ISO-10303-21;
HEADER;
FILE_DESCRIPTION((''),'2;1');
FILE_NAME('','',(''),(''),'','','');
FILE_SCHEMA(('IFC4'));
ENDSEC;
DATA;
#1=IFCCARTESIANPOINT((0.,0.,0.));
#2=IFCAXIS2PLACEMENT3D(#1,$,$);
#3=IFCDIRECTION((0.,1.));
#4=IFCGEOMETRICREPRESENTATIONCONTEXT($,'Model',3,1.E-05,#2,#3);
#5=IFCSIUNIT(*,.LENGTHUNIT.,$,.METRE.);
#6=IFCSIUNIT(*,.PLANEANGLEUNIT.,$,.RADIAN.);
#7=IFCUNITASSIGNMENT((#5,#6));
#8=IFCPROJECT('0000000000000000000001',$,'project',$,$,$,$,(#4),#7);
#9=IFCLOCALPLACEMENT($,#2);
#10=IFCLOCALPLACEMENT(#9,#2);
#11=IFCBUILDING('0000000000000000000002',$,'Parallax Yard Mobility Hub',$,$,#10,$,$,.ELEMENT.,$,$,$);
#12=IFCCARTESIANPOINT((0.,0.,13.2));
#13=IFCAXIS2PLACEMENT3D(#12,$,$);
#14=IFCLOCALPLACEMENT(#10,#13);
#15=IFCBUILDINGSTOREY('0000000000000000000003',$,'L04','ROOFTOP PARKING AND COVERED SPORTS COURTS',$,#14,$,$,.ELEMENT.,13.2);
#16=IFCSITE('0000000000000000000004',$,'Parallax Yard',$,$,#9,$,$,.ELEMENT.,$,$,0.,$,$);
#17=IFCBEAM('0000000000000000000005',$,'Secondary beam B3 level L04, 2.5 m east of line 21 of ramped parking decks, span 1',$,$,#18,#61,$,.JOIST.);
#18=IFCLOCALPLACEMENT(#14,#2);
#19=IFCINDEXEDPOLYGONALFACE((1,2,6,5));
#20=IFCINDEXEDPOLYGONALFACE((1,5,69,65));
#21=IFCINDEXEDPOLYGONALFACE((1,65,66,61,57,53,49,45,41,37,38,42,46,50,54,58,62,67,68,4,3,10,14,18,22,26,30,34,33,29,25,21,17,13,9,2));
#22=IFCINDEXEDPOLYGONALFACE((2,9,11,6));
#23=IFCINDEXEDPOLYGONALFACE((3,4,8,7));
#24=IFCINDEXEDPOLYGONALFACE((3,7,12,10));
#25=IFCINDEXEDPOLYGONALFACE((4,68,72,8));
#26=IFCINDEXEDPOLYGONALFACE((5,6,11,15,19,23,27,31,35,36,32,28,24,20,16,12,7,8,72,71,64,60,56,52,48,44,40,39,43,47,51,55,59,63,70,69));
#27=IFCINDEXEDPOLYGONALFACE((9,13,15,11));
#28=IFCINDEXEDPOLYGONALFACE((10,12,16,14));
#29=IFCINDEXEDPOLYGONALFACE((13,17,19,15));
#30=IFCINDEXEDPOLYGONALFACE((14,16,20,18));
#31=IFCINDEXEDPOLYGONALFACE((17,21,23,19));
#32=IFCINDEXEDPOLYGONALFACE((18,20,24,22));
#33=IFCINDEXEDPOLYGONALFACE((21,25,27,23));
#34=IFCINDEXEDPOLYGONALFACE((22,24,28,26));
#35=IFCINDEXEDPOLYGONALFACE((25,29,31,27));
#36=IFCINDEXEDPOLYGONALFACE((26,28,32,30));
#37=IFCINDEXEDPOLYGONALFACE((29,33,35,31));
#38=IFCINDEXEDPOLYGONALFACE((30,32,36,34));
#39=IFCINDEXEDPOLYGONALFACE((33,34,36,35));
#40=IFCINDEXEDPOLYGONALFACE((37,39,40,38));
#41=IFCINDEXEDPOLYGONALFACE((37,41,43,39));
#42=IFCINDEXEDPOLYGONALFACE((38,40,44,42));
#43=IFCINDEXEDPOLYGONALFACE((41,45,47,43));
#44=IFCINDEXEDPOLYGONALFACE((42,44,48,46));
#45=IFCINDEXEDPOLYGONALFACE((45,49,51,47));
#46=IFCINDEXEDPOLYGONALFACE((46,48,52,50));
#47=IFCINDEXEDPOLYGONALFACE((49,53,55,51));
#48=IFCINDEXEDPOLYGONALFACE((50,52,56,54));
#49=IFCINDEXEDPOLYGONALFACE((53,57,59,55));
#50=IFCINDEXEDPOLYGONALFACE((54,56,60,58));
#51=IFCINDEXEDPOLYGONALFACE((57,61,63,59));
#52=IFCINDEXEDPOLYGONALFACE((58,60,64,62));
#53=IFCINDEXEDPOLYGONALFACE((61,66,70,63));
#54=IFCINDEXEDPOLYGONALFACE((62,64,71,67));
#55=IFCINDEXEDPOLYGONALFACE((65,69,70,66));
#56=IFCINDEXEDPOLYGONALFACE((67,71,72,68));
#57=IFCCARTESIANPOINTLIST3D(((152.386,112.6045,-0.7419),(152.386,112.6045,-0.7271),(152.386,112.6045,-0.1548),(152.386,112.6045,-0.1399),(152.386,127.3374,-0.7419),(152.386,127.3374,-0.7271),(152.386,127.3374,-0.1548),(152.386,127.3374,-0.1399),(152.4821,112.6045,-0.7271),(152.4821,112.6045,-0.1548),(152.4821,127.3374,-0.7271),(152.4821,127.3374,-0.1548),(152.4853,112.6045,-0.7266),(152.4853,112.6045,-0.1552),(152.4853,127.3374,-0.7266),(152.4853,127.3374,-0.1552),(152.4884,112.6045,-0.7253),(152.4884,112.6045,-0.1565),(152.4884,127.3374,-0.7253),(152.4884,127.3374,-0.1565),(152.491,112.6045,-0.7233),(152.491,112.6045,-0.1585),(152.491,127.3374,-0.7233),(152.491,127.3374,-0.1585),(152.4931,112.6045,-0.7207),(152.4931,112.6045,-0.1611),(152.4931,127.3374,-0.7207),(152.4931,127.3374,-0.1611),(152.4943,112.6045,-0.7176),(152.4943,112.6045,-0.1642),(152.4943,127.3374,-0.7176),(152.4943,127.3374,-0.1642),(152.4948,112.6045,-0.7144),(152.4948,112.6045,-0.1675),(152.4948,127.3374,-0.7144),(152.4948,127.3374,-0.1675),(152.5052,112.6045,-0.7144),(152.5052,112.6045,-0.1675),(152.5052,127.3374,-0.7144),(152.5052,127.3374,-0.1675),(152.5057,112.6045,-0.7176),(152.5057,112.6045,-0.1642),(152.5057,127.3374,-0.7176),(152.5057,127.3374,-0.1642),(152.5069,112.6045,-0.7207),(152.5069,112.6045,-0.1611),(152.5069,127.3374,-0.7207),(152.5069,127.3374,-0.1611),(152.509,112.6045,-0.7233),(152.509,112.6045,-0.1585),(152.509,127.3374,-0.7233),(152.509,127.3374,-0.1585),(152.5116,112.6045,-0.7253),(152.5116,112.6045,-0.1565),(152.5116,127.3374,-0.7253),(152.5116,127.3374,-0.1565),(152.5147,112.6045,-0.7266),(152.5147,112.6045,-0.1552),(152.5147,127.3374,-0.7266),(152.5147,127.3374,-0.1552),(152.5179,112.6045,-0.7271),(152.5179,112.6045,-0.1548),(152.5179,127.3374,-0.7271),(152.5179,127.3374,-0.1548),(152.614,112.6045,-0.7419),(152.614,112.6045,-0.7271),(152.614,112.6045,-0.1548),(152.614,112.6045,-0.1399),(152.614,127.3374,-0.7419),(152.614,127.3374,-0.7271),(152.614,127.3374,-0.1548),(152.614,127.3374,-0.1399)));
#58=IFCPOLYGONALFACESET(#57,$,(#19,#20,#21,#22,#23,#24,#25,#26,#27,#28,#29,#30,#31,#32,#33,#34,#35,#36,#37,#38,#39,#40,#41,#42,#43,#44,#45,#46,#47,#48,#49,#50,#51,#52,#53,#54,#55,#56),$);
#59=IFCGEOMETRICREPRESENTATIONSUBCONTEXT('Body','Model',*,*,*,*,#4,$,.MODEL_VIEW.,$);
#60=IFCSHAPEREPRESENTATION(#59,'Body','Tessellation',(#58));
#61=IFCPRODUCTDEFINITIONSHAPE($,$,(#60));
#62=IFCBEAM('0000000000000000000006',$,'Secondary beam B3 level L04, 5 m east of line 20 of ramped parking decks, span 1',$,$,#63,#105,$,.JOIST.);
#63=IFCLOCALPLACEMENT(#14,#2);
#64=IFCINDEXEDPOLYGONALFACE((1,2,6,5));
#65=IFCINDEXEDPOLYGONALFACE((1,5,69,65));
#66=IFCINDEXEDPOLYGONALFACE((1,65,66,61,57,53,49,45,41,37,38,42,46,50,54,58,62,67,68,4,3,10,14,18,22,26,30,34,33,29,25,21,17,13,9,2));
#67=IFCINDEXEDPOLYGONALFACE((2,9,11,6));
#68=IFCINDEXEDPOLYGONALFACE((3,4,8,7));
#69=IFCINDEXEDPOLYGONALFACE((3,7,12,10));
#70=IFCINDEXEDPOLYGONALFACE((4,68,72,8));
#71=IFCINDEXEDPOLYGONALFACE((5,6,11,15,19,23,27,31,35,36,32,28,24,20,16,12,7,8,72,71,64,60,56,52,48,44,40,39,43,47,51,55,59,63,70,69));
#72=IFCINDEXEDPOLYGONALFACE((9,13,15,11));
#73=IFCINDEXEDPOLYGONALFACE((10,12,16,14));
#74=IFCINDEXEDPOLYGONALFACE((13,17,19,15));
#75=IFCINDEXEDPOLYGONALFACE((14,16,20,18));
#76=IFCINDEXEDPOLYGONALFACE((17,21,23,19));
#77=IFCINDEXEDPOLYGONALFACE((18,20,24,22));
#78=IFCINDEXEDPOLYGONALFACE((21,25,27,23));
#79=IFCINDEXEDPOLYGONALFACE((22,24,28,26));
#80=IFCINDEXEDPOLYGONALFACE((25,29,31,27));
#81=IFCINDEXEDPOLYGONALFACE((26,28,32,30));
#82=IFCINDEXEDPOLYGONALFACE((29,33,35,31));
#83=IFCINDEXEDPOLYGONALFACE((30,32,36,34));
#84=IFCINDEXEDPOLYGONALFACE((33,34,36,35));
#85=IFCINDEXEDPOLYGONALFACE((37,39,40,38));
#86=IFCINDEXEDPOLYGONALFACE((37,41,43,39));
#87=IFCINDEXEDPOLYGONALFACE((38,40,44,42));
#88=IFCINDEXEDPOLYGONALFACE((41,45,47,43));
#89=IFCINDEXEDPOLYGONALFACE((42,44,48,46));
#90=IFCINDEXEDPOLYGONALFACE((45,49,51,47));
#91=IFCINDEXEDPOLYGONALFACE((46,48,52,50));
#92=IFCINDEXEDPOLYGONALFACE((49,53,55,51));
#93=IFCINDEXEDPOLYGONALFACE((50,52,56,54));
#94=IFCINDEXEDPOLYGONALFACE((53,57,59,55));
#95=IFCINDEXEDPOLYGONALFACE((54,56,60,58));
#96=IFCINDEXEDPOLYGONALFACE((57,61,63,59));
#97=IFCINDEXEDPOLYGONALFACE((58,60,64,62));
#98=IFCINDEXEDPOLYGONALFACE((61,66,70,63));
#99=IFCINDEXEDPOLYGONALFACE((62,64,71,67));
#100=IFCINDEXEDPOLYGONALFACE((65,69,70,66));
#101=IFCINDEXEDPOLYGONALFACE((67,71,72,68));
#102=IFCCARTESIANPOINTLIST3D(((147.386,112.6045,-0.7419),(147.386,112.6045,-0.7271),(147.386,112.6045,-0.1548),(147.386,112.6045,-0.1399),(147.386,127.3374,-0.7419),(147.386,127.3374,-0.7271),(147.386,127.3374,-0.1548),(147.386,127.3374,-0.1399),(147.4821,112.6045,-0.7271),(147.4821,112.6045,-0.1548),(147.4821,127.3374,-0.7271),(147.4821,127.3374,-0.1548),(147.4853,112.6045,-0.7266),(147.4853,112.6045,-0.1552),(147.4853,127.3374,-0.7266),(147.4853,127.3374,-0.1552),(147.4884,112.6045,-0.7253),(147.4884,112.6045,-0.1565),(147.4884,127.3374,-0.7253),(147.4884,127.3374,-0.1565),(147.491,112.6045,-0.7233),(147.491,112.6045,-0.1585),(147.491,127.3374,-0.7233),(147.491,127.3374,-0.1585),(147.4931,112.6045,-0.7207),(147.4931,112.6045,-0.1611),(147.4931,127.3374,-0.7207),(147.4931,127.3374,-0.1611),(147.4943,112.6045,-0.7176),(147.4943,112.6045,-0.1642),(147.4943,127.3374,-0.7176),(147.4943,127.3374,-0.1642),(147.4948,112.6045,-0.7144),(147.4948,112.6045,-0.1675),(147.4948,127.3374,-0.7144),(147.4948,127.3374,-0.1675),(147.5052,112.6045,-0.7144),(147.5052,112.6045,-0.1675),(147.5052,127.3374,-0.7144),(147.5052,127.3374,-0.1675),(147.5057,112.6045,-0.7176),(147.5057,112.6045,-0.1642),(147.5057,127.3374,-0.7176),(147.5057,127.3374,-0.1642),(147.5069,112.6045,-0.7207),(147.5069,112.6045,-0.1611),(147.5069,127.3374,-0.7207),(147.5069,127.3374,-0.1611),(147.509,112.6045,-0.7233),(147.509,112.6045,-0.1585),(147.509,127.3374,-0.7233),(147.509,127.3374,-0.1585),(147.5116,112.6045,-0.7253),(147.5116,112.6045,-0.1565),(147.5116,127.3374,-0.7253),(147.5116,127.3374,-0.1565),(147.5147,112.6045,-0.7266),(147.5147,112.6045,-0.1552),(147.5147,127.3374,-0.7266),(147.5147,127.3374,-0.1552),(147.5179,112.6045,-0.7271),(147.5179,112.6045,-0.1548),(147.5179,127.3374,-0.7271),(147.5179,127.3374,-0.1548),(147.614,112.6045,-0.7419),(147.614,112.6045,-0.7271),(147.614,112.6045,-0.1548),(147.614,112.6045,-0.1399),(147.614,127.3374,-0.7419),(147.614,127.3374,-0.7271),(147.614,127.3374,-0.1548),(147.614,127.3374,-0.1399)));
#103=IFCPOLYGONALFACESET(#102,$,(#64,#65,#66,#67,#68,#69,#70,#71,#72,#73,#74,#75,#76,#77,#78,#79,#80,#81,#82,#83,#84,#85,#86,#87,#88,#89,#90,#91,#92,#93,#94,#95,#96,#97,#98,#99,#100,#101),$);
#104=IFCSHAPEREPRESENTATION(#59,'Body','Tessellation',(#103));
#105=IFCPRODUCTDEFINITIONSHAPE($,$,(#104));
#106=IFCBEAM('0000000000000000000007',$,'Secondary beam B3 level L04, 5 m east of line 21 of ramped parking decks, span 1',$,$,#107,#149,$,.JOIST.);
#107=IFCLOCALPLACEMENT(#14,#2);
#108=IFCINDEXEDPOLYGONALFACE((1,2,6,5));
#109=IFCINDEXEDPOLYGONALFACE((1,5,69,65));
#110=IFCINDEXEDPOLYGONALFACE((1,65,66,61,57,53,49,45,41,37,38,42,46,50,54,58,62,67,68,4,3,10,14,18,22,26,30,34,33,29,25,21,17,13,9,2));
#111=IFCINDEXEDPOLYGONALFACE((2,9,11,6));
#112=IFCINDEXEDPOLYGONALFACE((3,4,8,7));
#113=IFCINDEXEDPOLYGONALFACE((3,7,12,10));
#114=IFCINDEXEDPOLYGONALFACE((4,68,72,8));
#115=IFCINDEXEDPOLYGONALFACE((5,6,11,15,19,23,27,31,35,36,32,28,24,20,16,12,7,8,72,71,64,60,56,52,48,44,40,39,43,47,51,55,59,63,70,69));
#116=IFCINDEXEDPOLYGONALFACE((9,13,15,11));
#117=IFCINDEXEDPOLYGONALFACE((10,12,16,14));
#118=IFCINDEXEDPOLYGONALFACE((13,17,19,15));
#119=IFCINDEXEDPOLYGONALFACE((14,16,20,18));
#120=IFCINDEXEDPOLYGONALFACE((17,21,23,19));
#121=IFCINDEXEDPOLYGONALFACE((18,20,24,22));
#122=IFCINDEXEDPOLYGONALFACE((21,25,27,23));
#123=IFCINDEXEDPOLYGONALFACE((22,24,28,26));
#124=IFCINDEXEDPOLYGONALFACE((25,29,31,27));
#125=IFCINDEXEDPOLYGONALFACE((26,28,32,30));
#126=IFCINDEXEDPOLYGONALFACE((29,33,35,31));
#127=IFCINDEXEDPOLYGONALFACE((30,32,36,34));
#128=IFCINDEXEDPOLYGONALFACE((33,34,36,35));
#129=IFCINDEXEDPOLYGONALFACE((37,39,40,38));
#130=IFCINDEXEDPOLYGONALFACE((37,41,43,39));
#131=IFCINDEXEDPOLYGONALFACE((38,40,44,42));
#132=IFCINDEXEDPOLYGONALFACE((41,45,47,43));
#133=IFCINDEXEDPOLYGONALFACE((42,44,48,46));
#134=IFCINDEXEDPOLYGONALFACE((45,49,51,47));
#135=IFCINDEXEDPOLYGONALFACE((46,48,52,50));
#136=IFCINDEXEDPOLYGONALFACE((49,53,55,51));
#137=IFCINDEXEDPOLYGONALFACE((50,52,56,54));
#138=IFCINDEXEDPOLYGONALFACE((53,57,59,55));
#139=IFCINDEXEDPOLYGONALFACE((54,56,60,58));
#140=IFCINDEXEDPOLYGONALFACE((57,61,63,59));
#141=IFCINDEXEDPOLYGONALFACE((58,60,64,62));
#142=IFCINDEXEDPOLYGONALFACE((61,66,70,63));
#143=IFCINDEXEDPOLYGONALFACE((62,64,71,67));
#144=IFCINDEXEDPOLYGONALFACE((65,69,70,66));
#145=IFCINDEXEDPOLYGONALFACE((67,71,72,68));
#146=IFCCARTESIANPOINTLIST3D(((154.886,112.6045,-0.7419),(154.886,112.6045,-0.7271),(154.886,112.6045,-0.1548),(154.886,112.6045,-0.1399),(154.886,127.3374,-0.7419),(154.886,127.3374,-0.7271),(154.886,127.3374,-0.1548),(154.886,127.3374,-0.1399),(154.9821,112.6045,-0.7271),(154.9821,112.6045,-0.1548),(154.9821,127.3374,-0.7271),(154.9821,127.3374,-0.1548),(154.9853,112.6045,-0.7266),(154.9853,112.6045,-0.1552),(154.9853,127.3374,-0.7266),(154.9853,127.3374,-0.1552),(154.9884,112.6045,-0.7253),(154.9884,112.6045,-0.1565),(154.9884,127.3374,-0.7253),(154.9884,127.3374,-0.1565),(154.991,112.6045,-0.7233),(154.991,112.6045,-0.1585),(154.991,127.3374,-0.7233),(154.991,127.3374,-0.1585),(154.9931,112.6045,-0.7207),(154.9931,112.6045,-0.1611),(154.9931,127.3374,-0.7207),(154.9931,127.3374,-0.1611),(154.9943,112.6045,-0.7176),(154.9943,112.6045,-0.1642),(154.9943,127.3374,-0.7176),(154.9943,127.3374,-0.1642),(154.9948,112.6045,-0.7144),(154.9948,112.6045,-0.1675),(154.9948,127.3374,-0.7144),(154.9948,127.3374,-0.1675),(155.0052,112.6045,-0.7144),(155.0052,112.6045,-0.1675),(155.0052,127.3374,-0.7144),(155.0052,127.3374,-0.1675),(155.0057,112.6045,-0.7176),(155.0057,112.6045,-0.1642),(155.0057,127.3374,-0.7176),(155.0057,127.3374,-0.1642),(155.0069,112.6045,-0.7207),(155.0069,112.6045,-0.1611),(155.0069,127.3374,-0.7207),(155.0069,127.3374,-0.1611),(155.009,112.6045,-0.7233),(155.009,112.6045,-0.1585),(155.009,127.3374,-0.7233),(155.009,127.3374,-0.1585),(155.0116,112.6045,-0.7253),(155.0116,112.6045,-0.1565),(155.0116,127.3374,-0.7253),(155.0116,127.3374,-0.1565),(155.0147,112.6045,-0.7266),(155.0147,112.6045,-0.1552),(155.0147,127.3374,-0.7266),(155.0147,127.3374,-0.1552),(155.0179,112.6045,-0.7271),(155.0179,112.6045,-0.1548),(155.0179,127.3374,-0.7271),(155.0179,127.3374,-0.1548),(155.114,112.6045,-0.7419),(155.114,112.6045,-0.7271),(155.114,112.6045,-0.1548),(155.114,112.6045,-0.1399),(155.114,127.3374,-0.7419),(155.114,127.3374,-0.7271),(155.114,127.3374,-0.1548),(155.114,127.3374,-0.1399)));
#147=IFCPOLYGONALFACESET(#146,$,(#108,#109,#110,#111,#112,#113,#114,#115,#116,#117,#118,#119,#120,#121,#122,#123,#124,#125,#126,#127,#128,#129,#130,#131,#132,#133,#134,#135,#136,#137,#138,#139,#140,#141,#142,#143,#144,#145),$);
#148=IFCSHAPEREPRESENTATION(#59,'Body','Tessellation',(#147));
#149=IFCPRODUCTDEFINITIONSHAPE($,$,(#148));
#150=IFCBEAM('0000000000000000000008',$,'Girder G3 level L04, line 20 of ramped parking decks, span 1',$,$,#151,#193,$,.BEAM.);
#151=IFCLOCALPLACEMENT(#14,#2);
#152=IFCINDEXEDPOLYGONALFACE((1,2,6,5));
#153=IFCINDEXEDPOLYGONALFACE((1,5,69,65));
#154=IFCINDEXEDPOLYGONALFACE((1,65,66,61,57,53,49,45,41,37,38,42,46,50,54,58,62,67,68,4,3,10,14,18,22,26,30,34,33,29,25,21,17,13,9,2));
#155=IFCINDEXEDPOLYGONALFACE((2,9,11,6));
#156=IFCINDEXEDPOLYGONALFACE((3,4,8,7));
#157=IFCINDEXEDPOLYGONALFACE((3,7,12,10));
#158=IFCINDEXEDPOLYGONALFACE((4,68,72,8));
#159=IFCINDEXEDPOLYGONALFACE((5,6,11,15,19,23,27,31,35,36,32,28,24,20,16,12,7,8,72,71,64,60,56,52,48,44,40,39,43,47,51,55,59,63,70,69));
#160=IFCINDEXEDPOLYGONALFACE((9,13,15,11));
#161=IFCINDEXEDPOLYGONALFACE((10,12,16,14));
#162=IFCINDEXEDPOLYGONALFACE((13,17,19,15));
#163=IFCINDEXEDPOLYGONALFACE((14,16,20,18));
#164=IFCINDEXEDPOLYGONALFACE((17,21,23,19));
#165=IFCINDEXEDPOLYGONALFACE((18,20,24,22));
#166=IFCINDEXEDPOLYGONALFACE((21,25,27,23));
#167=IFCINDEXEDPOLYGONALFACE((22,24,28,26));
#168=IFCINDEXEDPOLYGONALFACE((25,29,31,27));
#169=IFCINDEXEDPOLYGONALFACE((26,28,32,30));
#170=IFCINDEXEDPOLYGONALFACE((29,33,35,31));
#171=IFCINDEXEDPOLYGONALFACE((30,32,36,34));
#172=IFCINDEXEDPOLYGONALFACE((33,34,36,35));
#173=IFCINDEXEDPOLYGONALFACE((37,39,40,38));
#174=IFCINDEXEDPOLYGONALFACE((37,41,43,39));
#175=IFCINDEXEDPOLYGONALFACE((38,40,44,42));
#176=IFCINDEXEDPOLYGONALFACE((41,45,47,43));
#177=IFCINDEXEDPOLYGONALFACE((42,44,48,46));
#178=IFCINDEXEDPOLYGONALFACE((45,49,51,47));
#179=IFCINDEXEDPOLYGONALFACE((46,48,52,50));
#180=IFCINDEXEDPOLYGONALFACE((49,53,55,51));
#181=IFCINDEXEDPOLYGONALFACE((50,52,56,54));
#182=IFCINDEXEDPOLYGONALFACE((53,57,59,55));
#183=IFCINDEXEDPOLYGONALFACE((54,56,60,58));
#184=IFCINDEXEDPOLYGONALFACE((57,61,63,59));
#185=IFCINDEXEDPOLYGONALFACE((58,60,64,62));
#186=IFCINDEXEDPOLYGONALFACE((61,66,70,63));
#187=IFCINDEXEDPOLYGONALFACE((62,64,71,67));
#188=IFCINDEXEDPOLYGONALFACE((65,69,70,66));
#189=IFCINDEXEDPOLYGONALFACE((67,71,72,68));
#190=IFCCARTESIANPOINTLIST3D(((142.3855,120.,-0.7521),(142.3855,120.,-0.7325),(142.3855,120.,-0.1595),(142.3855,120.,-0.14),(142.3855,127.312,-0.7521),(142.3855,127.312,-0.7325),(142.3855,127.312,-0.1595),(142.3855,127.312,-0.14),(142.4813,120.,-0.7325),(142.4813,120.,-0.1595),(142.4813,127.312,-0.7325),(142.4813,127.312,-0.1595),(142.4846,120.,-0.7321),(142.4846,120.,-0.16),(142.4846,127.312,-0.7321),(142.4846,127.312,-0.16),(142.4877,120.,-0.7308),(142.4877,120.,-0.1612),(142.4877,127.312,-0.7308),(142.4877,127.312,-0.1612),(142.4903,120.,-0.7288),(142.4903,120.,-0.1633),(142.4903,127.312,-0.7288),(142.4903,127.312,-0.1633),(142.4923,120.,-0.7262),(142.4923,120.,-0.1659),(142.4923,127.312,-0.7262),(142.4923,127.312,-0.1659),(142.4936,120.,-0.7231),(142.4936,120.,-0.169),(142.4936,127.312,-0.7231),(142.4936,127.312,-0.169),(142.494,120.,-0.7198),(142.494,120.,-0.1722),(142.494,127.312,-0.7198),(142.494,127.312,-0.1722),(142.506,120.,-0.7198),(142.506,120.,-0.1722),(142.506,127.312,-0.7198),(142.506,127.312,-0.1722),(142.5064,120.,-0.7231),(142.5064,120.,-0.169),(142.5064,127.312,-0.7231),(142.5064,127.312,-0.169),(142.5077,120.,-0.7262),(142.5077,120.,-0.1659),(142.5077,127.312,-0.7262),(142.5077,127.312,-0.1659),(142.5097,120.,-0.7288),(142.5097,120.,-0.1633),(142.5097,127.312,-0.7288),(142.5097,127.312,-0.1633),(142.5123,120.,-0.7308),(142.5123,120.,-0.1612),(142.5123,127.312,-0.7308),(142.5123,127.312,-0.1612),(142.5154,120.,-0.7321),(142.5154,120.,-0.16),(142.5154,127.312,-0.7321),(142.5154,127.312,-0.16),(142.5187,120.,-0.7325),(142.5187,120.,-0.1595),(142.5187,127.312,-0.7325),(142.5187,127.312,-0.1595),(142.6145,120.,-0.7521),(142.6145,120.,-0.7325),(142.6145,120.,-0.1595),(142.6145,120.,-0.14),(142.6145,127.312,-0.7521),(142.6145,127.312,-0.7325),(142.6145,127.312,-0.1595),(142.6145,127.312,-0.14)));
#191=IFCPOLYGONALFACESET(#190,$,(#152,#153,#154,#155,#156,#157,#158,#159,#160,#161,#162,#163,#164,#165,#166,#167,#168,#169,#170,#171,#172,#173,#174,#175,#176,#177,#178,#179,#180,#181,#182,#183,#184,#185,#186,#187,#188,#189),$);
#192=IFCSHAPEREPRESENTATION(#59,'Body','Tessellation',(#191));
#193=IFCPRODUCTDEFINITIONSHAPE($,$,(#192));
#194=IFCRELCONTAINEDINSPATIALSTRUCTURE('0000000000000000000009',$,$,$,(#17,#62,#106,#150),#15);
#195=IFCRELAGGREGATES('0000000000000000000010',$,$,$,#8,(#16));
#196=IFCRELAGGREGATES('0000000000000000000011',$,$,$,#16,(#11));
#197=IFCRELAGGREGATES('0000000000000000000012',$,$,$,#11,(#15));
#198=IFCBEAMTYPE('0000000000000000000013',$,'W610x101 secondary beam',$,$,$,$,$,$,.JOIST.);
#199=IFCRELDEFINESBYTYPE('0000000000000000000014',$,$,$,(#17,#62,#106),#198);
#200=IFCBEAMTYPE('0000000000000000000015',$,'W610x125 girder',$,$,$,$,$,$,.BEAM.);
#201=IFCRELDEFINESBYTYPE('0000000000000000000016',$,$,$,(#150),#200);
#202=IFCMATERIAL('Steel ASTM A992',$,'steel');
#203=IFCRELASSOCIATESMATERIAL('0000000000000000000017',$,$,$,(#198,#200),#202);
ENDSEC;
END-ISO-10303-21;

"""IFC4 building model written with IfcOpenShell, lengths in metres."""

from ifc_helpers import new_model, si_unit, direction, frame, origin, origin_2d, place, context, subcontext, project, spatial, i_section, extrude, material, material_profile, profile_set, type_object, element, save


model = new_model("IFC4")

# Units and contexts
model_context = context("Model", 3, precision=1e-05, world=origin(), true_north=direction((0.0, 1.0)))
body_context = subcontext(model_context, "Body", "Model", "MODEL_VIEW")
ifc_project = project(units=[si_unit("LENGTHUNIT", "METRE"), si_unit("PLANEANGLEUNIT", "RADIAN")], contexts=[model_context])

# Site, building, storey
site_placement = place(None, origin())
site = spatial("IfcSite", under=ifc_project, at=site_placement, Name="Parallax Yard", CompositionType="ELEMENT", RefElevation=0.0)
building_placement = place(site_placement, origin())
building = spatial("IfcBuilding", under=site, at=building_placement, Name="Parallax Yard Mobility Hub", CompositionType="ELEMENT")
storey_placement = place(building_placement, frame((0.0, 0.0, 13.2)))
storey = spatial("IfcBuildingStorey", under=building, at=storey_placement, Name="L04", Description="ROOFTOP PARKING AND COVERED SPORTS COURTS", CompositionType="ELEMENT", Elevation=13.2)

# Shared definitions
ifc_material_1 = material(Name="Steel ASTM A992", Category="steel")

# Beams
ifc_material_profile_1 = material_profile(ifc_material_1, i_section(OverallWidth=0.228, OverallDepth=0.6021, WebThickness=0.0105, FlangeThickness=0.0149, FilletRadius=0.0127, at=origin_2d()), Name="W610x101")
ifc_profile_set_1 = profile_set([ifc_material_profile_1], Name="Steel ASTM A992")
beam_type_1 = type_object("IfcBeamType", Name="W610x101 secondary beam", PredefinedType="JOIST", material=ifc_profile_set_1)
for number, where, z_axis, x_axis, name in (
    (1, (152.5, 112.6045, -0.4409), (0.0, 1.0, 0.0), (-1.0, 0.0, 0.0), "Secondary beam B3 level L04, 2.5 m east of line 21 of ramped parking decks, span 1"),
    (2, (147.5, 112.6045, -0.4409), (0.0, 1.0, 0.0), (-1.0, 0.0, 0.0), "Secondary beam B3 level L04, 5 m east of line 20 of ramped parking decks, span 1"),
    (3, (155.0, 112.6045, -0.4409), (0.0, 1.0, 0.0), (-1.0, 0.0, 0.0), "Secondary beam B3 level L04, 5 m east of line 21 of ramped parking decks, span 1"),
):
    element("IfcBeam", number, at=place(storey_placement, frame(where, z_axis=z_axis, x_axis=x_axis)), inside=storey, type_object=beam_type_1, Name=name, PredefinedType="JOIST", context=body_context, shape_type="SweptSolid", body=[
        extrude(i_section(OverallWidth=0.228, OverallDepth=0.6021, WebThickness=0.0105, FlangeThickness=0.0149, FilletRadius=0.0127, at=origin_2d()), origin(), (0.0, 0.0, 1.0), 14.7329),
    ])
ifc_material_profile_2 = material_profile(ifc_material_1, i_section(OverallWidth=0.229, OverallDepth=0.6121, WebThickness=0.012, FlangeThickness=0.0195, FilletRadius=0.0127, at=origin_2d()), Name="W610x125")
ifc_profile_set_2 = profile_set([ifc_material_profile_2], Name="Steel ASTM A992")
beam_type_2 = type_object("IfcBeamType", Name="W610x125 girder", PredefinedType="BEAM", material=ifc_profile_set_2)
beam_1_placement = place(storey_placement, frame((142.5, 120.0, -0.446), z_axis=(0.0, 1.0, 0.0), x_axis=(-1.0, 0.0, 0.0)))
element("IfcBeam", 4, at=beam_1_placement, inside=storey, type_object=beam_type_2, Name="Girder G3 level L04, line 20 of ramped parking decks, span 1", PredefinedType="BEAM", context=body_context, shape_type="SweptSolid", body=[
    extrude(i_section(OverallWidth=0.229, OverallDepth=0.6121, WebThickness=0.012, FlangeThickness=0.0195, FilletRadius=0.0127, at=origin_2d()), origin(), (0.0, 0.0, 1.0), 7.312),
])

save(model, "model.ifc")
